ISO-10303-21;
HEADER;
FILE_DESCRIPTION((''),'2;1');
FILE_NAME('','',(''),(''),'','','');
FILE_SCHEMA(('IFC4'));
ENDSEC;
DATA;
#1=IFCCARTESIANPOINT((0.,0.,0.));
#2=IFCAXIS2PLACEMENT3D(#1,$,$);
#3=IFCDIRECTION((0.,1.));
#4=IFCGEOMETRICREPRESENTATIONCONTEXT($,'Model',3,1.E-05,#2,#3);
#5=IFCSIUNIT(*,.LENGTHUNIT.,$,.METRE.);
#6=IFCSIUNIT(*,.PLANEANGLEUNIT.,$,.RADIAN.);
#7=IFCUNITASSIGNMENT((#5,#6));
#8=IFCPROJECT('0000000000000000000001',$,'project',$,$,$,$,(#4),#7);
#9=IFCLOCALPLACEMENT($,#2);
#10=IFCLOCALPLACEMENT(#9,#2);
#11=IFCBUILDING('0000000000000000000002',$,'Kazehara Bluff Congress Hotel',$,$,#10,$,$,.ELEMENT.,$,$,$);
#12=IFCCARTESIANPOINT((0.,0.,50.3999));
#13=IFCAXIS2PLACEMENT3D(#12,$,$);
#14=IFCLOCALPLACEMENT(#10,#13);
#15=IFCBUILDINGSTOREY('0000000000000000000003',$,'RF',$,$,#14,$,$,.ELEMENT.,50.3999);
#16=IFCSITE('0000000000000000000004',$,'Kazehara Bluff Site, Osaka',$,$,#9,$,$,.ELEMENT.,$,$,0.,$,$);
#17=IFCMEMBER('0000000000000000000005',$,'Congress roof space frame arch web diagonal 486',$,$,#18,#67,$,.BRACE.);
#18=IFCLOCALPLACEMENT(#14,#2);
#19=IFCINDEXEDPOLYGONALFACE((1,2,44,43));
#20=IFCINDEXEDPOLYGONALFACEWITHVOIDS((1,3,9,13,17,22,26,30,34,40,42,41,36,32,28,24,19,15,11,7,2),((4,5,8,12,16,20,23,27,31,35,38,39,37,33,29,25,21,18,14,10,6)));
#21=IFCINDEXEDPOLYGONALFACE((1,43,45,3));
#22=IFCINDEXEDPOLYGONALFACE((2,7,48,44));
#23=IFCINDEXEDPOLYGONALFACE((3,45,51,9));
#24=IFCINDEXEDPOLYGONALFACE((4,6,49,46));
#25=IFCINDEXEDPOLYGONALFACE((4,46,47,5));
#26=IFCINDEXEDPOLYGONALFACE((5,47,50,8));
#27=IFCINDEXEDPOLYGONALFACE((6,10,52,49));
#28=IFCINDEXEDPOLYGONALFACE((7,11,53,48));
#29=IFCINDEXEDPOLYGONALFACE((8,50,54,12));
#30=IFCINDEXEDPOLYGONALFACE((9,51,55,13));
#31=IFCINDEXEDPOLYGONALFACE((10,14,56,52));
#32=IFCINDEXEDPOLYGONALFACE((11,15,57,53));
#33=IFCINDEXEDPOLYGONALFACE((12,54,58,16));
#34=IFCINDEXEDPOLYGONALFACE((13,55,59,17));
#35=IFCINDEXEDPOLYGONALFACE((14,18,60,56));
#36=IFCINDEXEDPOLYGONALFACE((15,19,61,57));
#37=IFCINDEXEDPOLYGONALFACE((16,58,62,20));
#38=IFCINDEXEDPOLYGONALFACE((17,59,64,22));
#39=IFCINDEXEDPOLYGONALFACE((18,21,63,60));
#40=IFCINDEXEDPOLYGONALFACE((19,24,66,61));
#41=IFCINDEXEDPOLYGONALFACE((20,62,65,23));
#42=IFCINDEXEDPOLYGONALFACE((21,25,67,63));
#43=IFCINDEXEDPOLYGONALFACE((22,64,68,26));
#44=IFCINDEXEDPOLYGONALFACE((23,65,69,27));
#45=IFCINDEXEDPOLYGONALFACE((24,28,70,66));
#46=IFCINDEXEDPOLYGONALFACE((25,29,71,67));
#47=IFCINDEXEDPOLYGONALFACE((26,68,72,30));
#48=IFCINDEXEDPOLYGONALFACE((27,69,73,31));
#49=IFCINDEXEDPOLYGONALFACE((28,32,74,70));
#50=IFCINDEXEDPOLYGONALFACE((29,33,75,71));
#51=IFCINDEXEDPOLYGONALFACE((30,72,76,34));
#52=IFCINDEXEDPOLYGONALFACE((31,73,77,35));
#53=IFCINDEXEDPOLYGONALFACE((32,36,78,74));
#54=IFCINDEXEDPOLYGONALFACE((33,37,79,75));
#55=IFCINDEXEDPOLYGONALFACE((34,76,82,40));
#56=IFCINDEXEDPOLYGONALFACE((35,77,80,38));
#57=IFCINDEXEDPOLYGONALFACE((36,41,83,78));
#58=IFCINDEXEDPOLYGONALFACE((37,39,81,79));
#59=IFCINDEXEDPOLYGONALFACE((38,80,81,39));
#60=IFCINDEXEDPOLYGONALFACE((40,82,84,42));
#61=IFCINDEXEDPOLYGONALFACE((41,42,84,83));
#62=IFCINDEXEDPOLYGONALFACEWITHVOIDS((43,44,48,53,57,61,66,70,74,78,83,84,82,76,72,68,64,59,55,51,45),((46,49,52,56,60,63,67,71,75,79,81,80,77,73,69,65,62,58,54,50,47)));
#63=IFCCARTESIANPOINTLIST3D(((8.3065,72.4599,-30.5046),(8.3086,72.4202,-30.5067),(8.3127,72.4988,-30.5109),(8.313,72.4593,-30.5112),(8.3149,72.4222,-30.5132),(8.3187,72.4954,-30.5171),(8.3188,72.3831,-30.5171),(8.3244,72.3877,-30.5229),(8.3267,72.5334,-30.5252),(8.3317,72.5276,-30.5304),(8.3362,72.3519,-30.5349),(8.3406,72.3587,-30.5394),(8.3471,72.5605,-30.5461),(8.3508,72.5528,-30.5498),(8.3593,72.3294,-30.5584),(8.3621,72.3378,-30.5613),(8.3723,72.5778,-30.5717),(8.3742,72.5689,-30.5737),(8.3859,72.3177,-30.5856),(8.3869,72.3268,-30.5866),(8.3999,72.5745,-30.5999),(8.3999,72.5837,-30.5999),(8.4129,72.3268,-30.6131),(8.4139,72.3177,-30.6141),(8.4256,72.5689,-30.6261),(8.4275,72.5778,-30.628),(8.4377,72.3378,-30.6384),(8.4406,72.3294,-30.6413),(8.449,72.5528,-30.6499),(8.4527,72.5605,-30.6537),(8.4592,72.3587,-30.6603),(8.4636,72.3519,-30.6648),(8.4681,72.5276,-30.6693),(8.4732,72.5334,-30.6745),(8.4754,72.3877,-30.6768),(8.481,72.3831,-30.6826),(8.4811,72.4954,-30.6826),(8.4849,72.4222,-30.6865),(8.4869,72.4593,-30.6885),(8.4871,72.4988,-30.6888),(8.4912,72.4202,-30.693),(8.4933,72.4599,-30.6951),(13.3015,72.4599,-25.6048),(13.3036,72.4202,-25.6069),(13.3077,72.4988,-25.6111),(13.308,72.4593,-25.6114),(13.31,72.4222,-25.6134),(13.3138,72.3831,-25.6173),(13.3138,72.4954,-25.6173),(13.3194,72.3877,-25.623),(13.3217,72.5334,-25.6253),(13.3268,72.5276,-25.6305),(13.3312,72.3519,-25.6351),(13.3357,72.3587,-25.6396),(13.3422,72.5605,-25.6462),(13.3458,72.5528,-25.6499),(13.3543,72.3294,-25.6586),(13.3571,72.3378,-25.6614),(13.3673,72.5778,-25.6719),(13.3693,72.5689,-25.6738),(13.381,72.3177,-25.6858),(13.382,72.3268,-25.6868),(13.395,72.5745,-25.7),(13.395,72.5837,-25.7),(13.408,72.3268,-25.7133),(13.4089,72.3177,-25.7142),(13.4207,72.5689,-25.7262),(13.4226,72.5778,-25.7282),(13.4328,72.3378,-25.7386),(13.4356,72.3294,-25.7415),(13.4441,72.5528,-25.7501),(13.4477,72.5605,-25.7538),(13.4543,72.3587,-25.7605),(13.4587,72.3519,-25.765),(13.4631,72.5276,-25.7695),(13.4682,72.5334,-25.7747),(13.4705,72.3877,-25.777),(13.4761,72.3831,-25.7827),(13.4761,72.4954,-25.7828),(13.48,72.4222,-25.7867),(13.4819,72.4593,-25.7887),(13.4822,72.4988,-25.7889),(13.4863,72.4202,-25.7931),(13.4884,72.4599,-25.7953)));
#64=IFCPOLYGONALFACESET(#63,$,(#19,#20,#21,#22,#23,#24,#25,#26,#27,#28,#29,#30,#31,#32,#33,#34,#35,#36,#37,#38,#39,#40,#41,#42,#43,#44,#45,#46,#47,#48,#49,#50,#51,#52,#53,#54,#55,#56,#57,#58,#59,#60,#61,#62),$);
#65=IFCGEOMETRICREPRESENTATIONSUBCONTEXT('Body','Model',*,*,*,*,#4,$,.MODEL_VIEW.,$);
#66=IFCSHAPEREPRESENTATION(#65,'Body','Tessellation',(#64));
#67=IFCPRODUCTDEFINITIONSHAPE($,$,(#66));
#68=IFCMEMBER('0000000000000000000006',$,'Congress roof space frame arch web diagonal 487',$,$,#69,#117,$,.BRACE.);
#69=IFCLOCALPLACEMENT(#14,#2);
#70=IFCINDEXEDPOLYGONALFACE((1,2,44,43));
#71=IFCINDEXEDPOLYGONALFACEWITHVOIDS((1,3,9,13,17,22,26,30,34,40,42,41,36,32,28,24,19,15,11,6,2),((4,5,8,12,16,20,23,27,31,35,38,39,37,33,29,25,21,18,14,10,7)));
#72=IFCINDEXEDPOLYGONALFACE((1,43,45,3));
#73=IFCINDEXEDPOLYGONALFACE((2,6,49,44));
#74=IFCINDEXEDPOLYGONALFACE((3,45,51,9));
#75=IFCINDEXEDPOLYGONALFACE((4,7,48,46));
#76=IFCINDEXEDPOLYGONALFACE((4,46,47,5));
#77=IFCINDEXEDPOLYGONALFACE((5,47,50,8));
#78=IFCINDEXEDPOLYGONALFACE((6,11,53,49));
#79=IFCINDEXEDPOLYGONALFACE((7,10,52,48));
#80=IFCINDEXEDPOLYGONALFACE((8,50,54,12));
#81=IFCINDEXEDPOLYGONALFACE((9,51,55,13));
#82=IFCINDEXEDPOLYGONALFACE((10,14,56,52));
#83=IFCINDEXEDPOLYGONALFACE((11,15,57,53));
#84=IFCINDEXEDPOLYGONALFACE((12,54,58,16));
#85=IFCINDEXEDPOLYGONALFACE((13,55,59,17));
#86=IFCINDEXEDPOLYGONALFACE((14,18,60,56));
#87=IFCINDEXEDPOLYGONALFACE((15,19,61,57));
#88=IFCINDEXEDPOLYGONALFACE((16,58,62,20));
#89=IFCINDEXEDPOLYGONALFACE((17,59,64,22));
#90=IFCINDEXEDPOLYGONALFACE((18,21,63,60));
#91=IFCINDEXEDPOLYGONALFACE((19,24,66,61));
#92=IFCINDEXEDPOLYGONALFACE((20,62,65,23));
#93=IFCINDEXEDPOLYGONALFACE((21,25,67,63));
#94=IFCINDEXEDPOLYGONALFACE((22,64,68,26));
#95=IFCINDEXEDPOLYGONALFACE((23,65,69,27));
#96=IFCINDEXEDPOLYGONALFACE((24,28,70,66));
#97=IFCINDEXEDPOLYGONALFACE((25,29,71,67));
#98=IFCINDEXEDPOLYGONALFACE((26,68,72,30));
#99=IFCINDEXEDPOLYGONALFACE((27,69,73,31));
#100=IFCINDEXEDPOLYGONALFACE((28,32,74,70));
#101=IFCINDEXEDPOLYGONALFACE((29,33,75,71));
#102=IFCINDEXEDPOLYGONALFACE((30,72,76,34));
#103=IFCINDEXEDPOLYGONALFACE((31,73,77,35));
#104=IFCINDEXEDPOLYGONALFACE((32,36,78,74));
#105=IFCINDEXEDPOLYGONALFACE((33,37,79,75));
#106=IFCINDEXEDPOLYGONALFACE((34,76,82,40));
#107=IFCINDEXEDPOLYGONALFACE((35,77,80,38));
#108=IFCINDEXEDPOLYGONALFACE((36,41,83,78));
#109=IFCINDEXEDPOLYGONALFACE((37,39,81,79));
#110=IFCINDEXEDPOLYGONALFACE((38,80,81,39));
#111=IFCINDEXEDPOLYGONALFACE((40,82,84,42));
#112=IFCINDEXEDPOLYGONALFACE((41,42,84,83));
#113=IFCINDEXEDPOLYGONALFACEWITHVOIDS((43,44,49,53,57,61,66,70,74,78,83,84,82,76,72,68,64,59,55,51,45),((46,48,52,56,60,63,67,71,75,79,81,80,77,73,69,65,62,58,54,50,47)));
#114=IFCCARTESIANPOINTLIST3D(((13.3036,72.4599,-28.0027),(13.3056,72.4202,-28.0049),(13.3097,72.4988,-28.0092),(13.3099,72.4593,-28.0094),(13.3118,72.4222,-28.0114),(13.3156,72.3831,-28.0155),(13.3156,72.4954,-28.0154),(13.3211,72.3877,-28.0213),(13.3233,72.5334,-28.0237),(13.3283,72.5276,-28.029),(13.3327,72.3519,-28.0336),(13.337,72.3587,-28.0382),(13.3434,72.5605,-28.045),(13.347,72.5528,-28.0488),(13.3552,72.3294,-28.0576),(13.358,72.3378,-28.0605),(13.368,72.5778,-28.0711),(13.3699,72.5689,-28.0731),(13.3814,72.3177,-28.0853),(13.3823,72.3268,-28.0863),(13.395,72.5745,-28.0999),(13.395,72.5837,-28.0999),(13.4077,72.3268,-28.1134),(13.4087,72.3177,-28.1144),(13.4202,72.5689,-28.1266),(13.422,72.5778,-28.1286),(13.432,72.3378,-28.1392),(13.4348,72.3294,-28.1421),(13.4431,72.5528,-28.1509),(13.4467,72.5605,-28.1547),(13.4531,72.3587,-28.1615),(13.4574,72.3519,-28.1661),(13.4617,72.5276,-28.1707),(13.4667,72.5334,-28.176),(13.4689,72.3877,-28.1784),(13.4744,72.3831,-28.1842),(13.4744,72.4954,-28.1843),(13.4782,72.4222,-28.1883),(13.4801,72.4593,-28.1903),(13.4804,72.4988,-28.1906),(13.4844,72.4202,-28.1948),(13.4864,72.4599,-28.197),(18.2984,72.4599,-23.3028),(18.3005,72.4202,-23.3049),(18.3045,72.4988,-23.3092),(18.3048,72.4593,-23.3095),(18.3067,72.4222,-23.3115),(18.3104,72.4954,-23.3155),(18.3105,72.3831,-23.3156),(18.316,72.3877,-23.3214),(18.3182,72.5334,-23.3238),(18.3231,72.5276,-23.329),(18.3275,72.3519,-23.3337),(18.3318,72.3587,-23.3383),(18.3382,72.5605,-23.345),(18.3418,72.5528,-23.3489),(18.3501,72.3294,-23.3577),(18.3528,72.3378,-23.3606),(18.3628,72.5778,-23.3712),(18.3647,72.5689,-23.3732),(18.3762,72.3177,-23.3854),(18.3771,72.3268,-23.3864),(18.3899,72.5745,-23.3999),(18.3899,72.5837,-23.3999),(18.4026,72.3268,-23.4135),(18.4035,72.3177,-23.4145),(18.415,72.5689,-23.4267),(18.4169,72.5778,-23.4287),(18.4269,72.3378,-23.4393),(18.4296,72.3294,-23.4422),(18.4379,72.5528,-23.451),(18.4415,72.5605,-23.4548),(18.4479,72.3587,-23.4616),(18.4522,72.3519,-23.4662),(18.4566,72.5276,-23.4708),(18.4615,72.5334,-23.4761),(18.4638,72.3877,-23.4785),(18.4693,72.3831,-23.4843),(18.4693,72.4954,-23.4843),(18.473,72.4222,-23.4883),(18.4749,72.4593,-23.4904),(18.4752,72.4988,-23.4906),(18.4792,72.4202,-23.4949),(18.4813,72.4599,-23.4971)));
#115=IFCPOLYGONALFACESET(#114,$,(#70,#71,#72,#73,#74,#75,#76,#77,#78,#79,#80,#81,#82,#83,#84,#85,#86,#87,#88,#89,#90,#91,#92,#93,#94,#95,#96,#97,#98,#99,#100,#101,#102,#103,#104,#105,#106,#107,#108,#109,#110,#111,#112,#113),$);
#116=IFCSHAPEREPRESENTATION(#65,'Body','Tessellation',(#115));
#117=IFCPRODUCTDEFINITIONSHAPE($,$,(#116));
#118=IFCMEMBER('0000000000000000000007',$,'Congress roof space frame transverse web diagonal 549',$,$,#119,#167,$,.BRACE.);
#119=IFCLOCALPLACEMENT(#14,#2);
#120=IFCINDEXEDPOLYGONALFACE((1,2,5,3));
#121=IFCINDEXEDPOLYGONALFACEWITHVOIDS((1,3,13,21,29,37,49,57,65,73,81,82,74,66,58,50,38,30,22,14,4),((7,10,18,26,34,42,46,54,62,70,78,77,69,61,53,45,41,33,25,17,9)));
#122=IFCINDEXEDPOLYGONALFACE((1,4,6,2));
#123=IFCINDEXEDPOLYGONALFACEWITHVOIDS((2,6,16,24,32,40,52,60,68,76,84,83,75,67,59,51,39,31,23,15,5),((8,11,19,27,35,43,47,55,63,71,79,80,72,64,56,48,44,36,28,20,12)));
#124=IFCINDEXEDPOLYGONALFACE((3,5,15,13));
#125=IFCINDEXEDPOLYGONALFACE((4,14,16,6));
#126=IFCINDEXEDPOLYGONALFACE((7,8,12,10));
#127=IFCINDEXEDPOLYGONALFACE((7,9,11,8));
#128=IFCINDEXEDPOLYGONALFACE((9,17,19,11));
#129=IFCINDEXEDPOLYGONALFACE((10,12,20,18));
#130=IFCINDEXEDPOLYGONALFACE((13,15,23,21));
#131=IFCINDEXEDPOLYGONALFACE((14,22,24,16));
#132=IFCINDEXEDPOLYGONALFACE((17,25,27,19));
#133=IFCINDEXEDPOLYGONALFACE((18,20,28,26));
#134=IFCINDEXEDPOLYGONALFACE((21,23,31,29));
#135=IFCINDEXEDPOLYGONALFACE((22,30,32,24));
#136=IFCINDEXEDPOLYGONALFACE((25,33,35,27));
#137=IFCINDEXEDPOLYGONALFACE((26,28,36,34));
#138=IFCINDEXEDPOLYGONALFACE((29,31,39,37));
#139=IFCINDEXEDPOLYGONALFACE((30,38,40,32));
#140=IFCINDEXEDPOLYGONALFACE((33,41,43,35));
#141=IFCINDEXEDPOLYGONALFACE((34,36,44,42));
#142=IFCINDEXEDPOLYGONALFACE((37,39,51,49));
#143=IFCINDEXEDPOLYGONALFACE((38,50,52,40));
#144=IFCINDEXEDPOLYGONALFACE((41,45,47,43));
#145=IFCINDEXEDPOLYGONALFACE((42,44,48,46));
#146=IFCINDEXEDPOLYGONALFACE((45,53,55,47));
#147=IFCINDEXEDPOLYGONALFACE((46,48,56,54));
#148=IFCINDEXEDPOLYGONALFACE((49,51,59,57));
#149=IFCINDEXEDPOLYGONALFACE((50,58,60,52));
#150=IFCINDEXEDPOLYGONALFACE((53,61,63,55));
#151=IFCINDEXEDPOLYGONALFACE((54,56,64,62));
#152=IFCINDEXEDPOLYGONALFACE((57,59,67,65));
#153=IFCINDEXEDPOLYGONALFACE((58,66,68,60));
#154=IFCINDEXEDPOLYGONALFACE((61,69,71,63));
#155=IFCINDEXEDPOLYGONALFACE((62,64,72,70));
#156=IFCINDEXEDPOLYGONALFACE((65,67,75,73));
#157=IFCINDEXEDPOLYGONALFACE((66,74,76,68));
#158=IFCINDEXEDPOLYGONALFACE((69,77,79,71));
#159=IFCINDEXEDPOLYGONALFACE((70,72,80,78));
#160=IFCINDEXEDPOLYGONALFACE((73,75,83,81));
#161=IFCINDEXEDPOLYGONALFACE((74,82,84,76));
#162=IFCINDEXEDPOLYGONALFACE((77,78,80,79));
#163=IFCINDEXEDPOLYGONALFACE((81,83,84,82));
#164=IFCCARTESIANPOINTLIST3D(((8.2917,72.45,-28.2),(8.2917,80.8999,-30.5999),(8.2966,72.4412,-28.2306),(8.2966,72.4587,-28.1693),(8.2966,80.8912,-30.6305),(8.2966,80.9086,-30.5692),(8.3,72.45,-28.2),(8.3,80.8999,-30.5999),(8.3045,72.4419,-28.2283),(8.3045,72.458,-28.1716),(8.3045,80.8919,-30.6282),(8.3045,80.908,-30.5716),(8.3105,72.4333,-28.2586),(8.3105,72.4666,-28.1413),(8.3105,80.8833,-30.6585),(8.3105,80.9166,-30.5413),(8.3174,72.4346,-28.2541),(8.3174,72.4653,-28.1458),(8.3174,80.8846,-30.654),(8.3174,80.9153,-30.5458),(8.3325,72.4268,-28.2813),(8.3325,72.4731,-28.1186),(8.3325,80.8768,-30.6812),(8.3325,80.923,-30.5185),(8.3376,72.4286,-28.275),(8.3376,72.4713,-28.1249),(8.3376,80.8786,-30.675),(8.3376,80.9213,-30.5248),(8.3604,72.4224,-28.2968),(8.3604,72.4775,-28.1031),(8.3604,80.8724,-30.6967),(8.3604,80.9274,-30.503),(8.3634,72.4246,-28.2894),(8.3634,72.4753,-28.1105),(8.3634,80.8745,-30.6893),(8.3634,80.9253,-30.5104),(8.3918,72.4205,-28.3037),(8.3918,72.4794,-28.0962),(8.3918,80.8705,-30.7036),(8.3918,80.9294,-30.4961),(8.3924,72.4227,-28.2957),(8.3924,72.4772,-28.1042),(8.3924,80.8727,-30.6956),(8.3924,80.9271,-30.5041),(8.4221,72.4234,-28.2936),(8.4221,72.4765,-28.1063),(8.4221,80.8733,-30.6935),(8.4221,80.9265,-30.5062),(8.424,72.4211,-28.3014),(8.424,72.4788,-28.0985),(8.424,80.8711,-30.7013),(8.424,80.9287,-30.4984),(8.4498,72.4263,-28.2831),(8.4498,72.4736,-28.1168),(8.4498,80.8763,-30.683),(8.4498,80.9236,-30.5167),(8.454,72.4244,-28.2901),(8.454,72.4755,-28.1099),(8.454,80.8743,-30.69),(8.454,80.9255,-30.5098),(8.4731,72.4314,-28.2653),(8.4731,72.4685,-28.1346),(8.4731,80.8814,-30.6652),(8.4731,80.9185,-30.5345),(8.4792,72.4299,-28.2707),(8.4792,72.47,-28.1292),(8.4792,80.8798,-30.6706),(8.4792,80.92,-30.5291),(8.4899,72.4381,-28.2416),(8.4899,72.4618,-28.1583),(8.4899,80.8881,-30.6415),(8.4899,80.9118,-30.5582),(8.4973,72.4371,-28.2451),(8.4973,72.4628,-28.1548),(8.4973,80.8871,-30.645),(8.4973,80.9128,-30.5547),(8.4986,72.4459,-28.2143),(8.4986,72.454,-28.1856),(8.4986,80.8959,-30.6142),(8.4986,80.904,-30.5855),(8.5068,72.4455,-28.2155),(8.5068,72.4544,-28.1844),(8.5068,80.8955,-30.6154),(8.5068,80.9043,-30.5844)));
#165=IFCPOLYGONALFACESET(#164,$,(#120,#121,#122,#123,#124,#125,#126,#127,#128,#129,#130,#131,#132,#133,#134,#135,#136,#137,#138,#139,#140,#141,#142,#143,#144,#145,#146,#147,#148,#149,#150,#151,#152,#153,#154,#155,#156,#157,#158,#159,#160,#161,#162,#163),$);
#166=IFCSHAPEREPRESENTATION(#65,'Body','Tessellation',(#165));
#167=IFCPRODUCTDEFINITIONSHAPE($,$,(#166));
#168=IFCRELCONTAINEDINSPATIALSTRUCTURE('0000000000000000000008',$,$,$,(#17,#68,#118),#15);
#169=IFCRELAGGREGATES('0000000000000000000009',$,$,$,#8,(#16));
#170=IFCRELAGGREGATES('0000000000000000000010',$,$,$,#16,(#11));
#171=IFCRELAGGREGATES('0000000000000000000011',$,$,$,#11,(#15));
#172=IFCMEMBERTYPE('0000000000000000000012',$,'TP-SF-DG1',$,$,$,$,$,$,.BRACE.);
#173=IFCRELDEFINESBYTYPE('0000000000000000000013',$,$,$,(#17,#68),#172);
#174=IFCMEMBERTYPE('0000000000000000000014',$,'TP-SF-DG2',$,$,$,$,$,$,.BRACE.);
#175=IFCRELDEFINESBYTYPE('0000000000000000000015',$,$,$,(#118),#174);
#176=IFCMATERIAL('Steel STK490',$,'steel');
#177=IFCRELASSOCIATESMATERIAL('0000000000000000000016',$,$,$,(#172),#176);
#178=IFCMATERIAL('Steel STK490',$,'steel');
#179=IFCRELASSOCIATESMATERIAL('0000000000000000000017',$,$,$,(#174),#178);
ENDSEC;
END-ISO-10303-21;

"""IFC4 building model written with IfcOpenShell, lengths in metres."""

from ifc_helpers import new_model, si_unit, direction, frame, origin, origin_2d, place, context, subcontext, project, spatial, hollow_circle, extrude, material, material_profile, profile_set, type_object, element, save


model = new_model("IFC4")

# Units and contexts
model_context = context("Model", 3, precision=1e-05, world=origin(), true_north=direction((0.0, 1.0)))
body_context = subcontext(model_context, "Body", "Model", "MODEL_VIEW")
ifc_project = project(units=[si_unit("LENGTHUNIT", "METRE"), si_unit("PLANEANGLEUNIT", "RADIAN")], contexts=[model_context])

# Site, building, storey
site_placement = place(None, origin())
site = spatial("IfcSite", under=ifc_project, at=site_placement, Name="Kazehara Bluff Site, Osaka", CompositionType="ELEMENT", RefElevation=0.0)
building_placement = place(site_placement, origin())
building = spatial("IfcBuilding", under=site, at=building_placement, Name="Kazehara Bluff Congress Hotel", CompositionType="ELEMENT")
storey_placement = place(building_placement, frame((0.0, 0.0, 50.3999)))
storey = spatial("IfcBuildingStorey", under=building, at=storey_placement, Name="RF", CompositionType="ELEMENT", Elevation=50.3999)

# Members
ifc_material_1 = material(Name="Steel STK490", Category="steel")
ifc_material_profile_1 = material_profile(ifc_material_1, hollow_circle(Radius=0.1338, WallThickness=0.0093, at=origin_2d()))
ifc_profile_set_1 = profile_set([ifc_material_profile_1], Name="Steel STK490")
member_type_1 = type_object("IfcMemberType", Name="TP-SF-DG1", PredefinedType="BRACE", material=ifc_profile_set_1)
member_1_placement = place(storey_placement, frame((8.3999, 72.45, -30.5999), z_axis=(0.713878, 0.0, 0.70027), x_axis=(0.0, 1.0, 0.0)))
element("IfcMember", 1, at=member_1_placement, inside=storey, type_object=member_type_1, Name="Congress roof space frame arch web diagonal 486", PredefinedType="BRACE", context=body_context, shape_type="SweptSolid", body=[
    extrude(hollow_circle(Radius=0.1338, WallThickness=0.0093, at=origin_2d()), origin(), (0.0, 0.0, 1.0), 6.9971),
])
member_2_placement = place(storey_placement, frame((13.395, 72.45, -28.0999), z_axis=(0.72828, 0.0, 0.685279), x_axis=(0.0, 1.0, 0.0)))
element("IfcMember", 2, at=member_2_placement, inside=storey, type_object=member_type_1, Name="Congress roof space frame arch web diagonal 487", PredefinedType="BRACE", context=body_context, shape_type="SweptSolid", body=[
    extrude(hollow_circle(Radius=0.1338, WallThickness=0.0093, at=origin_2d()), origin(), (0.0, 0.0, 1.0), 6.8584),
])
ifc_material_2 = material(Name="Steel STK490", Category="steel")
ifc_material_profile_2 = material_profile(ifc_material_2, hollow_circle(Radius=0.1082, WallThickness=0.0083, at=origin_2d()))
ifc_profile_set_2 = profile_set([ifc_material_profile_2], Name="Steel STK490")
member_type_2 = type_object("IfcMemberType", Name="TP-SF-DG2", PredefinedType="BRACE", material=ifc_profile_set_2)
for number, where, z_axis, x_axis, name in (
    (3, (8.3999, 72.45, -28.2), (0.0, 0.961955, -0.273208), (-1.0, 0.0, 0.0), "Congress roof space frame transverse web diagonal 549"),
):
    element("IfcMember", number, at=place(storey_placement, frame(where, z_axis=z_axis, x_axis=x_axis)), inside=storey, type_object=member_type_2, Name=name, PredefinedType="BRACE", context=body_context, shape_type="SweptSolid", body=[
        extrude(hollow_circle(Radius=0.1082, WallThickness=0.0083, at=origin_2d()), origin(), (0.0, 0.0, 1.0), 8.7842),
    ])

save(model, "model.ifc")
